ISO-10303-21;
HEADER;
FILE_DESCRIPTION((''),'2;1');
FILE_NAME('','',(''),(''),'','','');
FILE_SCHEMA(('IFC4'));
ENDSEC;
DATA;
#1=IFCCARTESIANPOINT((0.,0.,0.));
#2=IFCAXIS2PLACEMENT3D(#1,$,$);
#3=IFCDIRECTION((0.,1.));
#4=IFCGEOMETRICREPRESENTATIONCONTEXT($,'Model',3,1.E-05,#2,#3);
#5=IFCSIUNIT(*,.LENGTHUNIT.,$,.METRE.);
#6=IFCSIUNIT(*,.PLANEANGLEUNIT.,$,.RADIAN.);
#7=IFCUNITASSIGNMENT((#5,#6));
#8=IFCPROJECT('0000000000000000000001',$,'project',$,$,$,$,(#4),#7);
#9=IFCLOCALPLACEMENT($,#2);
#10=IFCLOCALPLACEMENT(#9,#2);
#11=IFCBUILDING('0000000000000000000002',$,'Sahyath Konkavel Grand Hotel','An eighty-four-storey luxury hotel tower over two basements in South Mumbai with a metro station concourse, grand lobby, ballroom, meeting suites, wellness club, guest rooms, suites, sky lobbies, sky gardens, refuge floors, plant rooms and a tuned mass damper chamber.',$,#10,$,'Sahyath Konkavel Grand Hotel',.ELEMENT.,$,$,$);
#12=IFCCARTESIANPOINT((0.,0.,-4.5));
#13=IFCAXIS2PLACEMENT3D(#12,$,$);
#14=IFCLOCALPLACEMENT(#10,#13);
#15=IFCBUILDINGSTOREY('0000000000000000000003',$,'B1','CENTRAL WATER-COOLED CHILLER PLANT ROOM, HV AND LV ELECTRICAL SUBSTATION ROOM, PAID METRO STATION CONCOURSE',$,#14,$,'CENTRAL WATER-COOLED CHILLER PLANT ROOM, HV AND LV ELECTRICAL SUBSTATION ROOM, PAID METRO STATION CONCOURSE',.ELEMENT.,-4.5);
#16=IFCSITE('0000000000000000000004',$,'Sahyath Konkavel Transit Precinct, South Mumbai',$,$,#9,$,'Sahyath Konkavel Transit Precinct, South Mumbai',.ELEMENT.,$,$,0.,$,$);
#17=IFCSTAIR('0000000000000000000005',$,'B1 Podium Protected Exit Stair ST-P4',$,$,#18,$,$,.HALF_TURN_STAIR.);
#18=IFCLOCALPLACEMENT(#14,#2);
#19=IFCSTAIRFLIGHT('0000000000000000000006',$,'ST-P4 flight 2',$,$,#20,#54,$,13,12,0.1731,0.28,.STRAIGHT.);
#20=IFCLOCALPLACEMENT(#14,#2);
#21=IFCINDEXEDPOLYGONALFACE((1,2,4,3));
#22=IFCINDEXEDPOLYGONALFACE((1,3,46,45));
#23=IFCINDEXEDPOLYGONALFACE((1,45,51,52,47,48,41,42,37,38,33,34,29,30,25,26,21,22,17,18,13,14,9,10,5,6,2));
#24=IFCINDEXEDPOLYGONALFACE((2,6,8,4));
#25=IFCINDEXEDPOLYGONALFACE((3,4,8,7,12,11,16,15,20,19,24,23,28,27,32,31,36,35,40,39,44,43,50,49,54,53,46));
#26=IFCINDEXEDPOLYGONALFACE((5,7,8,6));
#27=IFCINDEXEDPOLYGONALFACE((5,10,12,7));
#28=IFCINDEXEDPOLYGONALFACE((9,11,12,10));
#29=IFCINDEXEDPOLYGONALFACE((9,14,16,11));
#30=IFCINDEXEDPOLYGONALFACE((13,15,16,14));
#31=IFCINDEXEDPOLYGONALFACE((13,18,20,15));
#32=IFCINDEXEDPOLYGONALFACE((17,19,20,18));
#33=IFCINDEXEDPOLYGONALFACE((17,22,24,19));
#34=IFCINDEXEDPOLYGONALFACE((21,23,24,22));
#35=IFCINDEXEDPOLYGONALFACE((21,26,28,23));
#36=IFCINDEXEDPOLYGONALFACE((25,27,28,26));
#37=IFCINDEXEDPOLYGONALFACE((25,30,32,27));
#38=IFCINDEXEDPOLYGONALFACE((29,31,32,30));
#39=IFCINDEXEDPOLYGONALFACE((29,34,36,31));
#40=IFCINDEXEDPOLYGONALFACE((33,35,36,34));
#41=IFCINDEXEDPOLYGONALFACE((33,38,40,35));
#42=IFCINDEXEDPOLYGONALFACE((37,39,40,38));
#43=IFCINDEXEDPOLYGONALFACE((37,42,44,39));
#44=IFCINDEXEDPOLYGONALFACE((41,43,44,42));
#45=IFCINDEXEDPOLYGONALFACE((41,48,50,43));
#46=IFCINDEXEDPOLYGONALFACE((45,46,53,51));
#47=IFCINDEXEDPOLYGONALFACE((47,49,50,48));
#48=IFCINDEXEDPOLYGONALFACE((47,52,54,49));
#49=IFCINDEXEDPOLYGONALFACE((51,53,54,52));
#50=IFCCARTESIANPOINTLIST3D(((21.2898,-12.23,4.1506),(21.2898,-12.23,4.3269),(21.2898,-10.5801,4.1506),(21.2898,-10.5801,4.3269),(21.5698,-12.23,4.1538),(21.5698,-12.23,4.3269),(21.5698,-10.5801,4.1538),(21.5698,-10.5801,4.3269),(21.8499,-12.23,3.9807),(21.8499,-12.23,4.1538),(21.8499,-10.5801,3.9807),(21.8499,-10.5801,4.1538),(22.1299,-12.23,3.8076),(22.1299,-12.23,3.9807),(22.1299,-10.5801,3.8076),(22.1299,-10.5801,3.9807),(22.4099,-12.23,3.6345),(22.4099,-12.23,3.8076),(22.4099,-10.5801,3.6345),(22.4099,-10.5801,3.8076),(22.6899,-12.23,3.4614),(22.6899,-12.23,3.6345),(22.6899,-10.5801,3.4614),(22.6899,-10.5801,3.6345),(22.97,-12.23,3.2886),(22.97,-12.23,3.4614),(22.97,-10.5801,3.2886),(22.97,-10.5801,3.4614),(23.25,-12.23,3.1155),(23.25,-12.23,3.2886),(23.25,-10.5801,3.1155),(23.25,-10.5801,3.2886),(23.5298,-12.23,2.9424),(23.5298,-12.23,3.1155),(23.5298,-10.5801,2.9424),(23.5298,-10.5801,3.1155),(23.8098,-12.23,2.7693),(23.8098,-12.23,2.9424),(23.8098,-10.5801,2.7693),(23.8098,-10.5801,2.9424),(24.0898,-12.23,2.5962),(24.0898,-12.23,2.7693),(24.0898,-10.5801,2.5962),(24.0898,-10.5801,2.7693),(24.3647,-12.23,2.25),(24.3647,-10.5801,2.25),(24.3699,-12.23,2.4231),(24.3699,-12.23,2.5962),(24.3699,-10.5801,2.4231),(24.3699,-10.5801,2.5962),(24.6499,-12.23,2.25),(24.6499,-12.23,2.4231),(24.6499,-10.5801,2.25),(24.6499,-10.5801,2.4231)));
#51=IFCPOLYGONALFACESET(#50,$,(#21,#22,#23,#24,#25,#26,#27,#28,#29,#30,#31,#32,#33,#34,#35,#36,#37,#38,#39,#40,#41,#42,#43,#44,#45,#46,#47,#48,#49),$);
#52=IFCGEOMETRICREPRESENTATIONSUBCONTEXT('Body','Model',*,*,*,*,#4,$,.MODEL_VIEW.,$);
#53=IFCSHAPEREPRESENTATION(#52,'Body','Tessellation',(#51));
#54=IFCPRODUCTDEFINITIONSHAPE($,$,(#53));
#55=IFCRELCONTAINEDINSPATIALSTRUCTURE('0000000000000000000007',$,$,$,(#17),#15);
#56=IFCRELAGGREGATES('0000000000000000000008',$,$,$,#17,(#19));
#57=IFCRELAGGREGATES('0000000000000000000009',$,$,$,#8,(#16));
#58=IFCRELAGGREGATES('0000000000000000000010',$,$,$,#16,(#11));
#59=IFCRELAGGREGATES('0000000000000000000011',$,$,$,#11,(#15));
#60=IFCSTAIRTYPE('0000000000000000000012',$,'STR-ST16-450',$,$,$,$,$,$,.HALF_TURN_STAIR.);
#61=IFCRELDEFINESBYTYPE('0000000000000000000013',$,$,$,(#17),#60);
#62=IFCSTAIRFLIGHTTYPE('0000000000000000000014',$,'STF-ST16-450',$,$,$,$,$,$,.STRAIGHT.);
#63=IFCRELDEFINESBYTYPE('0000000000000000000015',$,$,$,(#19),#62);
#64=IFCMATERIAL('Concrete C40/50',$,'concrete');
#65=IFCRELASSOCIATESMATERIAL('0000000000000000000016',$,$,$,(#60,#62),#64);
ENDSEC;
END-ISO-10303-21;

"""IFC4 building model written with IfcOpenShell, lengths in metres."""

from ifc_helpers import new_model, si_unit, direction, frame, origin, place, context, subcontext, project, spatial, polyline, outline, extrude, material, type_object, element, aggregate, save


model = new_model("IFC4")

# Units and contexts
model_context = context("Model", 3, precision=1e-05, world=origin(), true_north=direction((0.0, 1.0)))
body_context = subcontext(model_context, "Body", "Model", "MODEL_VIEW")
ifc_project = project(units=[si_unit("LENGTHUNIT", "METRE"), si_unit("PLANEANGLEUNIT", "RADIAN")], contexts=[model_context])

# Site, building, storey
site_placement = place(None, origin())
site = spatial("IfcSite", under=ifc_project, at=site_placement, Name="Sahyath Konkavel Transit Precinct, South Mumbai", LongName="Sahyath Konkavel Transit Precinct, South Mumbai", CompositionType="ELEMENT", RefElevation=0.0)
building_placement = place(site_placement, origin())
building = spatial("IfcBuilding", under=site, at=building_placement, Name="Sahyath Konkavel Grand Hotel", Description="An eighty-four-storey luxury hotel tower over two basements in South Mumbai with a metro station concourse, grand lobby, ballroom, meeting suites, wellness club, guest rooms, suites, sky lobbies, sky gardens, refuge floors, plant rooms and a tuned mass damper chamber.", LongName="Sahyath Konkavel Grand Hotel", CompositionType="ELEMENT")
storey_placement = place(building_placement, frame((0.0, 0.0, -4.5)))
storey = spatial("IfcBuildingStorey", under=building, at=storey_placement, Name="B1", Description="CENTRAL WATER-COOLED CHILLER PLANT ROOM, HV AND LV ELECTRICAL SUBSTATION ROOM, PAID METRO STATION CONCOURSE", LongName="CENTRAL WATER-COOLED CHILLER PLANT ROOM, HV AND LV ELECTRICAL SUBSTATION ROOM, PAID METRO STATION CONCOURSE", CompositionType="ELEMENT", Elevation=-4.5)

# Shared definitions
ifc_material_1 = material(Name="Concrete C40/50", Category="concrete")

# Stair, stair flight
stair_type = type_object("IfcStairType", Name="STR-ST16-450", PredefinedType="HALF_TURN_STAIR", material=ifc_material_1)
stair_placement = place(storey_placement, origin())
stair = element("IfcStair", 1, at=stair_placement, inside=storey, type_object=stair_type, Name="B1 Podium Protected Exit Stair ST-P4", PredefinedType="HALF_TURN_STAIR")
stair_flight_type = type_object("IfcStairFlightType", Name="STF-ST16-450", PredefinedType="STRAIGHT", material=ifc_material_1)
stair_flight_1_placement = place(storey_placement, frame((24.6499, -11.405, 2.25), z_axis=(0.0, 0.0, 1.0), x_axis=(-1.0, 0.0, 0.0)))
stair_flight_1 = element("IfcStairFlight", 2, at=stair_flight_1_placement, type_object=stair_flight_type, Name="ST-P4 flight 2", NumberOfRisers=13, NumberOfTreads=12, PredefinedType="STRAIGHT", RiserHeight=0.1731, TreadLength=0.28, context=body_context, shape_type="SweptSolid", body=[
    extrude(outline(polyline([(0.0, 0.0), (0.0, 0.1731), (0.28, 0.1731), (0.28, 0.3462), (0.5601, 0.3462), (0.5601, 0.5193), (0.8401, 0.5193), (0.8401, 0.6924), (1.1201, 0.6924), (1.1201, 0.8655), (1.3999, 0.8655), (1.3999, 1.0386), (1.6799, 1.0386), (1.6799, 1.2114), (1.96, 1.2114), (1.96, 1.3845), (2.24, 1.3845), (2.24, 1.5576), (2.52, 1.5576), (2.52, 1.7307), (2.8, 1.7307), (2.8, 1.9038), (3.0801, 1.9038), (3.0801, 2.0769), (3.3601, 2.0769), (3.3601, 2.25), (3.3601, 1.9006), (0.2852, 0.0), (0.0, 0.0)])), frame((0.0, 0.825, 0.0), z_axis=(0.0, -1.0, 0.0), x_axis=(1.0, 0.0, 0.0)), (0.0, 0.0, 1.0), 1.6499),
])
aggregate(stair, [stair_flight_1])

save(model, "model.ifc")
